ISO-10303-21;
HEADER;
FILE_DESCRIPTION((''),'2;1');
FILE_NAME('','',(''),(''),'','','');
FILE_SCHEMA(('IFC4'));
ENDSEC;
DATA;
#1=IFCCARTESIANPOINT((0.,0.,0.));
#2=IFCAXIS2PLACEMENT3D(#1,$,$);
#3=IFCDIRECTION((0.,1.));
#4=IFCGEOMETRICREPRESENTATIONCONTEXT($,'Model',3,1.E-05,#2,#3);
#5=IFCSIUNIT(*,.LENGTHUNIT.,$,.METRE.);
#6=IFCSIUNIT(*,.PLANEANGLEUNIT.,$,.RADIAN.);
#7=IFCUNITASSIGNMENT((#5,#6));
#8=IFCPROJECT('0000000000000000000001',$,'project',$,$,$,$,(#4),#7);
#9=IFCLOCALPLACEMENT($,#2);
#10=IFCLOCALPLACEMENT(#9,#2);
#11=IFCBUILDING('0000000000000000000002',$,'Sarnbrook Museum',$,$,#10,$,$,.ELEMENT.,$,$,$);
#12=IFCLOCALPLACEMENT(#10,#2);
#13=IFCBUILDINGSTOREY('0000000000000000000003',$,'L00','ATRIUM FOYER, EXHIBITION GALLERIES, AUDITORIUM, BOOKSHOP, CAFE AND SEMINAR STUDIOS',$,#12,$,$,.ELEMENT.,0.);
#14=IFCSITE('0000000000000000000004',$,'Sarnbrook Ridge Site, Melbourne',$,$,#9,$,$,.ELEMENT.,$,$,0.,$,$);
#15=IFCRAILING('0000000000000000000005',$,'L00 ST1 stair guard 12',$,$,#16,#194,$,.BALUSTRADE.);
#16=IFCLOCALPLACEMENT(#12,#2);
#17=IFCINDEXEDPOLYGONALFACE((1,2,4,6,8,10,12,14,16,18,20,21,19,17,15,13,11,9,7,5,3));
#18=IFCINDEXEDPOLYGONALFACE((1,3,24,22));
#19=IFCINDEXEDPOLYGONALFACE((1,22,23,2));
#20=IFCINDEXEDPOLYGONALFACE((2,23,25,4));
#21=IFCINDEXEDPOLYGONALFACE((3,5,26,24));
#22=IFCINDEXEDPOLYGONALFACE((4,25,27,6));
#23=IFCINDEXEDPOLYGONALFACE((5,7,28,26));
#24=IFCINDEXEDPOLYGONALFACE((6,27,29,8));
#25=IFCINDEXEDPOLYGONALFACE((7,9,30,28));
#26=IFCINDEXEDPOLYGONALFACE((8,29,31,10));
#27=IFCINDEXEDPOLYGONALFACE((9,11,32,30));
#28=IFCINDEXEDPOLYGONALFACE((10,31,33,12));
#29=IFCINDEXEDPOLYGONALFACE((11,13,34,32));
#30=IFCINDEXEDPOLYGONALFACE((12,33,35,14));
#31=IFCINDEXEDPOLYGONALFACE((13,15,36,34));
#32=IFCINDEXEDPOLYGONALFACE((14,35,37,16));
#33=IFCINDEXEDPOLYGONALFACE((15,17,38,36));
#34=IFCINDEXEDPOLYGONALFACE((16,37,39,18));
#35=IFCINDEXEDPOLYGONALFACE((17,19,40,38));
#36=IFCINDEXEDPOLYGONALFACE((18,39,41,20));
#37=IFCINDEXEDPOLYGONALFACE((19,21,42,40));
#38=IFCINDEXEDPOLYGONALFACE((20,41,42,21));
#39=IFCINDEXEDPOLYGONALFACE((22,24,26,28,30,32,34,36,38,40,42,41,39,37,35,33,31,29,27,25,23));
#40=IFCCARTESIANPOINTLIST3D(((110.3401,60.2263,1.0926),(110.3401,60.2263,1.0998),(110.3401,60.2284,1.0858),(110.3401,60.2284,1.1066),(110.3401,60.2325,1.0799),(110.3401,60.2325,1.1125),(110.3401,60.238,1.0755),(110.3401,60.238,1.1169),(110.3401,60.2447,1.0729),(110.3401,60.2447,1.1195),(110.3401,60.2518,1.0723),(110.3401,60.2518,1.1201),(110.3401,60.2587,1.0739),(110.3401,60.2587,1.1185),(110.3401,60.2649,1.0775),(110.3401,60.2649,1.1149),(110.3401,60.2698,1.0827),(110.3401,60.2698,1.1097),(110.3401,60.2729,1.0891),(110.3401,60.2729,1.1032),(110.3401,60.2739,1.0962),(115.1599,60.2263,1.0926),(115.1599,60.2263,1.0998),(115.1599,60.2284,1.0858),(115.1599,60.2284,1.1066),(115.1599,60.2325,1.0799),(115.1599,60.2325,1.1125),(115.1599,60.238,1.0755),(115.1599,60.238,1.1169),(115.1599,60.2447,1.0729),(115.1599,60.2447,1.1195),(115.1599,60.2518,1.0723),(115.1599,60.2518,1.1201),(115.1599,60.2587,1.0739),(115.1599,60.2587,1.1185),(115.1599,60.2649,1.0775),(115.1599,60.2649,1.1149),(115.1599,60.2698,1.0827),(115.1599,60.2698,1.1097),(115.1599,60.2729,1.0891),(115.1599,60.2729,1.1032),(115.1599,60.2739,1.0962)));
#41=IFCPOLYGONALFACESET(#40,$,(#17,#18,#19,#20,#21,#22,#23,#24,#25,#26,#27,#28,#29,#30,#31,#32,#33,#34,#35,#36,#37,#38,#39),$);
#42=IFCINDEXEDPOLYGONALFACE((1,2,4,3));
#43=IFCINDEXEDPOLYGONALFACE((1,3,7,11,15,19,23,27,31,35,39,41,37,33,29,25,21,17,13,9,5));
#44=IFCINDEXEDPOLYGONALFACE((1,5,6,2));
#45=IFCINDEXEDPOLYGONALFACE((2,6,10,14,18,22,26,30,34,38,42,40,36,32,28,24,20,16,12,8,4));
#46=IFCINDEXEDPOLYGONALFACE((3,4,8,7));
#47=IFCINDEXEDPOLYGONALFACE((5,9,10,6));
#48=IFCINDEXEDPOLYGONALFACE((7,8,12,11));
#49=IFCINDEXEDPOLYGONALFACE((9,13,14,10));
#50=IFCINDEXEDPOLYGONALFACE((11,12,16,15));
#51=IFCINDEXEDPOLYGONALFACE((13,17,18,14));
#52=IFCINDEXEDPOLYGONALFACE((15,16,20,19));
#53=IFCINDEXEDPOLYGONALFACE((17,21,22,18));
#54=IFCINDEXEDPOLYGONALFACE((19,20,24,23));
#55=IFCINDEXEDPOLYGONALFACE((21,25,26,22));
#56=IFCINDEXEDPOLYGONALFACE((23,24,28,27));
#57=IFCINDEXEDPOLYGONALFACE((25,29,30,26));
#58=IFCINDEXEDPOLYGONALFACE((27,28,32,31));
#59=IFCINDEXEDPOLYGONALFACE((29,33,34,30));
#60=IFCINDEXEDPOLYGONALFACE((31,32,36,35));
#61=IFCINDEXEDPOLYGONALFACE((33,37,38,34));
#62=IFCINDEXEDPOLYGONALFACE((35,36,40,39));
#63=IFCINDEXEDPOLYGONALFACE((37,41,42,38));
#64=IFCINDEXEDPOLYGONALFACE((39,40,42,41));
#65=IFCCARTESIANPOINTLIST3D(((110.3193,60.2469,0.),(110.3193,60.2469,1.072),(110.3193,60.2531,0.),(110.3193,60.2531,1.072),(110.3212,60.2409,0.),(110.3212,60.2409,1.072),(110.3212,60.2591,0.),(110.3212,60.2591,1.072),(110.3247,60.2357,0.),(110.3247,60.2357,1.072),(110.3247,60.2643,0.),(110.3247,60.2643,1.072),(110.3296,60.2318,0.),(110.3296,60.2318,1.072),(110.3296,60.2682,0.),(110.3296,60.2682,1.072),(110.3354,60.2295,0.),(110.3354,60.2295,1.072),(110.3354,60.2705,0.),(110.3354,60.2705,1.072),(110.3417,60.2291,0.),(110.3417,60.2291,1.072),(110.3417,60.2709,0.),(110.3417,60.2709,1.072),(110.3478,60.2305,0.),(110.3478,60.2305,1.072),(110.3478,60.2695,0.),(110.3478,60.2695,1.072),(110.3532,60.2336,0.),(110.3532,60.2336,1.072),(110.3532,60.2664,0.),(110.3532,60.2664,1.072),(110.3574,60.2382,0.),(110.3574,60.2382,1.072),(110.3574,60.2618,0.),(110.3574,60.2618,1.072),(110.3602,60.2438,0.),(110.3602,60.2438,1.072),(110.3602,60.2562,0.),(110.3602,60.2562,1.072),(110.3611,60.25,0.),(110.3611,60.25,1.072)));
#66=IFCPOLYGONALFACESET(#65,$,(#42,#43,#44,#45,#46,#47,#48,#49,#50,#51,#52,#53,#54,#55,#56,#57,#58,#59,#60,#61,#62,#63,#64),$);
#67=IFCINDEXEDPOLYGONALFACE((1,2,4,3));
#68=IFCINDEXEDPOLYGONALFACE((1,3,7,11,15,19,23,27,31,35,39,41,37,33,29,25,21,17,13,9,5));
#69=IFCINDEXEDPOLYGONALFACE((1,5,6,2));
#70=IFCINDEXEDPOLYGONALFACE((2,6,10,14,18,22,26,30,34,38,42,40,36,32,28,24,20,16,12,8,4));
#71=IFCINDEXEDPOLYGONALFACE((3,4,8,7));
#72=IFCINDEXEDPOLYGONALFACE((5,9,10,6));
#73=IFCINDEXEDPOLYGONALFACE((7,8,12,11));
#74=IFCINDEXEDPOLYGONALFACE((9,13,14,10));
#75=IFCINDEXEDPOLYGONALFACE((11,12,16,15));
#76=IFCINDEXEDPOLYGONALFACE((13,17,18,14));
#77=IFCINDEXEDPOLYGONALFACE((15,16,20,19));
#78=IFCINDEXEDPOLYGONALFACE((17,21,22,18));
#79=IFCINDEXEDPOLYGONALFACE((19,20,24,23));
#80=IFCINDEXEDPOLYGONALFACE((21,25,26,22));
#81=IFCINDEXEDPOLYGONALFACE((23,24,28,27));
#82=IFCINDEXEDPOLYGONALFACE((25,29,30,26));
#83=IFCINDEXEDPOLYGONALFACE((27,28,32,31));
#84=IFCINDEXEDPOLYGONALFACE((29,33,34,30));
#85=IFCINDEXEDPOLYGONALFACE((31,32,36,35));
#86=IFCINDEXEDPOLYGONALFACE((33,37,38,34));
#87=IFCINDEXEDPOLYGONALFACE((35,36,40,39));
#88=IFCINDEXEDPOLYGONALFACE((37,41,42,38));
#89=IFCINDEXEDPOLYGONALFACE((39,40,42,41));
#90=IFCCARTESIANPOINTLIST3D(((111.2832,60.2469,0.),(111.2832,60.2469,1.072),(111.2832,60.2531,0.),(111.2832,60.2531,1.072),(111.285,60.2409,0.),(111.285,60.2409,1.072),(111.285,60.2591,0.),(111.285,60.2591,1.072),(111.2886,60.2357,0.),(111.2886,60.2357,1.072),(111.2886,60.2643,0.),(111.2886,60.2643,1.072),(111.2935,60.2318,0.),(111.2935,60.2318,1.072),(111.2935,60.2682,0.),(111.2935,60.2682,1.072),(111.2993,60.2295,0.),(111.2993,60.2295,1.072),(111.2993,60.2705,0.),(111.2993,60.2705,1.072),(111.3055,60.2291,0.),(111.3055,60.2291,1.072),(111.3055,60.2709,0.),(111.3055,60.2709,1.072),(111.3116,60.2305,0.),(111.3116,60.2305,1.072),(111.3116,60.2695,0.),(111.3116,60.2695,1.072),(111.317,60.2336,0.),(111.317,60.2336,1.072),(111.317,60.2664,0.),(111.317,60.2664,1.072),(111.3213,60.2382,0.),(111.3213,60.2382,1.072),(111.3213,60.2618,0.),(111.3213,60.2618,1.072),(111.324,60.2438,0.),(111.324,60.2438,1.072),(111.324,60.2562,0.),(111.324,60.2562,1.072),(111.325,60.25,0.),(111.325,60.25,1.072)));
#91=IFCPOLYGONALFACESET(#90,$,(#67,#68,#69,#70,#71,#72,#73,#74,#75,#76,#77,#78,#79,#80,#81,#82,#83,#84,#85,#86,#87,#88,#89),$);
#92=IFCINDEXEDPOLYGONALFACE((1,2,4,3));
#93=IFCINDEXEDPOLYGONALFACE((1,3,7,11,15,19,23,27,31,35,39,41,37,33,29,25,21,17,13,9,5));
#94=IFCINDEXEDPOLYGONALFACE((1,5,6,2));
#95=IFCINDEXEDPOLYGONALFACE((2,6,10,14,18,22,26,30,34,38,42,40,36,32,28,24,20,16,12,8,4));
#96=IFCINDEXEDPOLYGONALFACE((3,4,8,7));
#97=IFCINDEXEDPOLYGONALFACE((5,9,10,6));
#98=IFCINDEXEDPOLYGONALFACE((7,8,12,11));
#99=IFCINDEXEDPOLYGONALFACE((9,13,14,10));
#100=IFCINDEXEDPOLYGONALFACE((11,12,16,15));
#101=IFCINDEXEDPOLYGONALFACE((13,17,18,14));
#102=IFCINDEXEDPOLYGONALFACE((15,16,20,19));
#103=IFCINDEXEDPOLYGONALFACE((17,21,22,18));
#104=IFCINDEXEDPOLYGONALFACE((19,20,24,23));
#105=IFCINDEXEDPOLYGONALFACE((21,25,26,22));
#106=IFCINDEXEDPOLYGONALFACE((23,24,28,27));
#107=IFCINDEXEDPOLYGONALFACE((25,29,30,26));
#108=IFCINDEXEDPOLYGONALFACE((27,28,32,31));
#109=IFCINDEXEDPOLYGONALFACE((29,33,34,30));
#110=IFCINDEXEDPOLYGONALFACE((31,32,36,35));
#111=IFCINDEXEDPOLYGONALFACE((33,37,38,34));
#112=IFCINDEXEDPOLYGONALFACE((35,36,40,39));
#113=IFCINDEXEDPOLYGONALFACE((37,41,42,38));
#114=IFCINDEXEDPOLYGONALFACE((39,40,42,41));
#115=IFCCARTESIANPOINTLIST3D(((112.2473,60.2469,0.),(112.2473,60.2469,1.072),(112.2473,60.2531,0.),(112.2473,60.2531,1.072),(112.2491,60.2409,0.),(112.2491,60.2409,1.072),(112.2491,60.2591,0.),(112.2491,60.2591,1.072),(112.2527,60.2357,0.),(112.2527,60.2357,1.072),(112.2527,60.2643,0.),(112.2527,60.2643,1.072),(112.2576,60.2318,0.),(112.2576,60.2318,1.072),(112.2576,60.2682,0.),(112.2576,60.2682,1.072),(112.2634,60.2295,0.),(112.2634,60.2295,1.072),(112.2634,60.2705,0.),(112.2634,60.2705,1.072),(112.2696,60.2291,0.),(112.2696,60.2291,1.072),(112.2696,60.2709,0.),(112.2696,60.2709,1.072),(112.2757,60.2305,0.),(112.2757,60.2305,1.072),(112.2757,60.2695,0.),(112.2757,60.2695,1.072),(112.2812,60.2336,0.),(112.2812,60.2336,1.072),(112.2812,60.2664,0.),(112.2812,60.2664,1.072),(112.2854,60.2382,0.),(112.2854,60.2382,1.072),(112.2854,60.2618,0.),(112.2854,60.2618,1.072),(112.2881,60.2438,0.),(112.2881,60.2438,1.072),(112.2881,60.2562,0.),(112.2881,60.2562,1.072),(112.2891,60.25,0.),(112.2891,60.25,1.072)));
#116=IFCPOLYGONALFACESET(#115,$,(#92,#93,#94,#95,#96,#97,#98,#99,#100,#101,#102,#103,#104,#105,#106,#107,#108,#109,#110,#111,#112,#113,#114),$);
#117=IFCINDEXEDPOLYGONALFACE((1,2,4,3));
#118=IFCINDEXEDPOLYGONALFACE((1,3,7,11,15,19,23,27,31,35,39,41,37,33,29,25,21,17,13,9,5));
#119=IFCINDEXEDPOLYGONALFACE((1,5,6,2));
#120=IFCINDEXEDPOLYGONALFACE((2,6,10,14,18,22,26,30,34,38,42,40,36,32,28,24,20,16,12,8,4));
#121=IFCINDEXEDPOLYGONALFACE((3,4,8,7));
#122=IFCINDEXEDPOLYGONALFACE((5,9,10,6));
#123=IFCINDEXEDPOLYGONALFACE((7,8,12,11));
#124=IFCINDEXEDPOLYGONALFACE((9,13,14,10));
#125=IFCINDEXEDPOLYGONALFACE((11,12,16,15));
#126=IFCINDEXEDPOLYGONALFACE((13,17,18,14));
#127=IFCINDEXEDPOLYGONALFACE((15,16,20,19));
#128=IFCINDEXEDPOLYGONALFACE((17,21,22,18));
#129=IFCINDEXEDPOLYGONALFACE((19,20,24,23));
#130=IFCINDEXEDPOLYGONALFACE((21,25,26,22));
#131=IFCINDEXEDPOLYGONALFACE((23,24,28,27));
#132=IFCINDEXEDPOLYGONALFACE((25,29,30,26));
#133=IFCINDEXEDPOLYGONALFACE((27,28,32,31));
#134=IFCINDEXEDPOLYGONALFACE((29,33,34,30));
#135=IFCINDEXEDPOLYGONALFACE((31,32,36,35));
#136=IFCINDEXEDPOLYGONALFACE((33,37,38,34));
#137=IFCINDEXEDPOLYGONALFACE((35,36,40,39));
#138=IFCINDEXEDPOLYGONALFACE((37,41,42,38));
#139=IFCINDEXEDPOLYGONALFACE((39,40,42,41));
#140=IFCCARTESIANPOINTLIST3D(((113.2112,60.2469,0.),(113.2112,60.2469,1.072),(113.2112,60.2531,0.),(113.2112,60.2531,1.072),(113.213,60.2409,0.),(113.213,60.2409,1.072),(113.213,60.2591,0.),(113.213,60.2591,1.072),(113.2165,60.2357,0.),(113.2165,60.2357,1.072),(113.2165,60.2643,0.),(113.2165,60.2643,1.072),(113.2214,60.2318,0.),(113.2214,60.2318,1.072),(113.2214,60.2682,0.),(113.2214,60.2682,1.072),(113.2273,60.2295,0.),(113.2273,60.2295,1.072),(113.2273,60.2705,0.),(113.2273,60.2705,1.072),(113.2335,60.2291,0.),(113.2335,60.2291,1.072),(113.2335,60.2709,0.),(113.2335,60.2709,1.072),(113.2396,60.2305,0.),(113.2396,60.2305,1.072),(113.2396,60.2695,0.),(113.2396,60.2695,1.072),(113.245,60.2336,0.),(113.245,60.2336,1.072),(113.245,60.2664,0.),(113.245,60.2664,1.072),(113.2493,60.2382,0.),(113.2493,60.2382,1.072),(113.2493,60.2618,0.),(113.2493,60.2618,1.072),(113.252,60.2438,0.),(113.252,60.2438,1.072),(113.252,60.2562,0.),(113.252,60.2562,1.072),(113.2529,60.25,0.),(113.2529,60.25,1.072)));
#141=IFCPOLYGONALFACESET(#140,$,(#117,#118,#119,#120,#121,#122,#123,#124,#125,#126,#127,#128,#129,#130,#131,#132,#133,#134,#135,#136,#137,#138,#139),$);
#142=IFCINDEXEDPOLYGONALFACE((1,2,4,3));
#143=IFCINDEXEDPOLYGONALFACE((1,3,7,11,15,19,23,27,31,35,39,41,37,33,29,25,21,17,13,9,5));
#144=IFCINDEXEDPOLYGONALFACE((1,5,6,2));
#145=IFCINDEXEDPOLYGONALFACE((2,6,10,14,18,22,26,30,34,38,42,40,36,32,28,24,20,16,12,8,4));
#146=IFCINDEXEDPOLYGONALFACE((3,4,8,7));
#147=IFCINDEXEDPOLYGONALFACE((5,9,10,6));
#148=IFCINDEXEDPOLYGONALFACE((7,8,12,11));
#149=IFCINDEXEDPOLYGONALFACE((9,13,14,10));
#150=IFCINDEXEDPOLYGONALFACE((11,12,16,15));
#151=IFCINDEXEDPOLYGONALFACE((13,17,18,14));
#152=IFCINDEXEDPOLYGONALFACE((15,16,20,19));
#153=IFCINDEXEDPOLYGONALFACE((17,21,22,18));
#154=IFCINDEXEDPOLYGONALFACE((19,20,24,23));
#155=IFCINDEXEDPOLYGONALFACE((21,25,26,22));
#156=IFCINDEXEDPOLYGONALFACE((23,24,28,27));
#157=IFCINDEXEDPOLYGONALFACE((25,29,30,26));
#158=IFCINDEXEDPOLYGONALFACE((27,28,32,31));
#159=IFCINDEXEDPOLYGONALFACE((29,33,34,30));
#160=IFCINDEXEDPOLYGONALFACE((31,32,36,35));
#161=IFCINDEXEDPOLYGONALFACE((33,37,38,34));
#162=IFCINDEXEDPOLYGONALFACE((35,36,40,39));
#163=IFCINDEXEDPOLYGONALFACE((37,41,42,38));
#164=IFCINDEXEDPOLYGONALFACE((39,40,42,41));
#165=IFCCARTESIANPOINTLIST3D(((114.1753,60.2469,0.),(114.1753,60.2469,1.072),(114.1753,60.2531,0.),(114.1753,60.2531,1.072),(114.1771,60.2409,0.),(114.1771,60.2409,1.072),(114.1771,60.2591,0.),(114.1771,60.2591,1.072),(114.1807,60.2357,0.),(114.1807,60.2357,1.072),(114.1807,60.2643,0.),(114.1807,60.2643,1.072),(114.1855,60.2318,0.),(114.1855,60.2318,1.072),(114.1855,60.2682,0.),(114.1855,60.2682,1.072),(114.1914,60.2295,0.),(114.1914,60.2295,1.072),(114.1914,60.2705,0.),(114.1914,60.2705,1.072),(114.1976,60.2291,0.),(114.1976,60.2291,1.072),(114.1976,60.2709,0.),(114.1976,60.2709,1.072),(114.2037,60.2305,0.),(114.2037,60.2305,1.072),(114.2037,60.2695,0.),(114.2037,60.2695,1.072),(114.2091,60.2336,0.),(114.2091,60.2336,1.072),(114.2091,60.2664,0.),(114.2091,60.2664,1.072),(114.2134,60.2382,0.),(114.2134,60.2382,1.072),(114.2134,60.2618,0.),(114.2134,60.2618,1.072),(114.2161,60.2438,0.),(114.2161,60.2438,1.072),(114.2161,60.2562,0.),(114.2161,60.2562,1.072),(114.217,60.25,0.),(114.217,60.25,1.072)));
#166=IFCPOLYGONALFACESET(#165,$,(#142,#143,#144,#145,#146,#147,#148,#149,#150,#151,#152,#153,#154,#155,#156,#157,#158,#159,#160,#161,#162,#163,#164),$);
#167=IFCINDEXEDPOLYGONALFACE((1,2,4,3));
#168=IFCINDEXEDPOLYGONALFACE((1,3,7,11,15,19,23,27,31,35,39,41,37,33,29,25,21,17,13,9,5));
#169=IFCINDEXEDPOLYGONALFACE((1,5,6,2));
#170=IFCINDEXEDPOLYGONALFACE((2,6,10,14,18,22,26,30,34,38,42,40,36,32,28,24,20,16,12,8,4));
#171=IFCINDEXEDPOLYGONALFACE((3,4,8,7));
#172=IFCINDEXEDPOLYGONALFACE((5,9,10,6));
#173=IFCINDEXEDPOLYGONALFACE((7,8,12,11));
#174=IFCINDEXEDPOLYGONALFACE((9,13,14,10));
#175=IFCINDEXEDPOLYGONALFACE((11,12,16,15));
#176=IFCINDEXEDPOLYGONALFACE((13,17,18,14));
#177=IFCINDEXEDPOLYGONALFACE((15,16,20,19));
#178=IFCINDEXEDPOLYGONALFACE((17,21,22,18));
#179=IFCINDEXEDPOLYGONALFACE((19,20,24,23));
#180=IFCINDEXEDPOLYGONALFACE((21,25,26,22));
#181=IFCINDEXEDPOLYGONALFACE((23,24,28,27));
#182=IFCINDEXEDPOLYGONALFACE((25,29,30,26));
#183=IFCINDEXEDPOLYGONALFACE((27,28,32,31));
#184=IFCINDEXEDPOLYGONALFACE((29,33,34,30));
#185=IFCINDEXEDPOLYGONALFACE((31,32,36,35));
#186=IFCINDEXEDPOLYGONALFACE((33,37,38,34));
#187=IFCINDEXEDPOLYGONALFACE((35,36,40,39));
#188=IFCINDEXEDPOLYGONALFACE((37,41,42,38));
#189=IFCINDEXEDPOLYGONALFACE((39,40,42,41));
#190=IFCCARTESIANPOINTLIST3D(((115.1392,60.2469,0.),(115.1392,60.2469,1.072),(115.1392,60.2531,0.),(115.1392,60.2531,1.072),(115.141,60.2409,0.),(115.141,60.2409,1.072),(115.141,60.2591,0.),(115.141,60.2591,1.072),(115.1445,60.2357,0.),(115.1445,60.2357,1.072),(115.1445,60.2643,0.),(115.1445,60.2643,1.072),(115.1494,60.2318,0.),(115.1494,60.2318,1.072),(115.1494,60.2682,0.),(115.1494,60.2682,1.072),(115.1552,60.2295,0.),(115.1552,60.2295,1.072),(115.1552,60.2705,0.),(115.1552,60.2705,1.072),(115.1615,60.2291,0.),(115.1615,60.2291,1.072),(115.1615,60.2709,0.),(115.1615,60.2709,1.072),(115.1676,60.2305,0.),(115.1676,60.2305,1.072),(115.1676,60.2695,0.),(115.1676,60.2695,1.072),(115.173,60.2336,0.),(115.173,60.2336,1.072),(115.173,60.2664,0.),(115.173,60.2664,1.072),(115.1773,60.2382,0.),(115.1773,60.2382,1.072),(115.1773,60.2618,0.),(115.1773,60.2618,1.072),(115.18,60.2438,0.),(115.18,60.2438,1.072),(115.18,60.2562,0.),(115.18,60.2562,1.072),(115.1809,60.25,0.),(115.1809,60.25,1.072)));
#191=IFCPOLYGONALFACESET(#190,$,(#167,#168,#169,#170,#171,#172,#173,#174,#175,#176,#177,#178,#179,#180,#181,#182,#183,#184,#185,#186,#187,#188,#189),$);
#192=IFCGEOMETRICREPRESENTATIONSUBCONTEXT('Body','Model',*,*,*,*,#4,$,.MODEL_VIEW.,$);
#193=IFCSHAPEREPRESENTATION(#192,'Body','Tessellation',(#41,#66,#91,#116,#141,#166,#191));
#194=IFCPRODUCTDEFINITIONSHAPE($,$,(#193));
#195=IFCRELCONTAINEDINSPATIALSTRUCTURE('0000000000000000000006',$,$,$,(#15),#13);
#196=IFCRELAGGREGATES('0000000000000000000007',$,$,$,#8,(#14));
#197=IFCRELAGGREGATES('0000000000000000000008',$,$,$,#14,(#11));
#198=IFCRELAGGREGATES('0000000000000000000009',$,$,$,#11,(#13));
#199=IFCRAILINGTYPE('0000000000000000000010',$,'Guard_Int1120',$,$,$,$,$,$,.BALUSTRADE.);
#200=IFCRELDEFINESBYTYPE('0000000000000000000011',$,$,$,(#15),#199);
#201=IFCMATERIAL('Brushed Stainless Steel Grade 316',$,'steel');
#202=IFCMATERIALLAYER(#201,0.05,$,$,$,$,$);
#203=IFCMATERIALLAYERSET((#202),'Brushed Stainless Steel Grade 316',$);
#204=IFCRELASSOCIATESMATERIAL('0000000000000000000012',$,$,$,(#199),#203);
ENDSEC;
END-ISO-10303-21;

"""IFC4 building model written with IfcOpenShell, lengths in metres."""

from ifc_helpers import new_model, si_unit, direction, frame, origin, origin_2d, place, context, subcontext, project, spatial, circle, extrude, material, layer, layer_set, type_object, element, save


model = new_model("IFC4")

# Units and contexts
model_context = context("Model", 3, precision=1e-05, world=origin(), true_north=direction((0.0, 1.0)))
body_context = subcontext(model_context, "Body", "Model", "MODEL_VIEW")
ifc_project = project(units=[si_unit("LENGTHUNIT", "METRE"), si_unit("PLANEANGLEUNIT", "RADIAN")], contexts=[model_context])

# Site, building, storey
site_placement = place(None, origin())
site = spatial("IfcSite", under=ifc_project, at=site_placement, Name="Sarnbrook Ridge Site, Melbourne", CompositionType="ELEMENT", RefElevation=0.0)
building_placement = place(site_placement, origin())
building = spatial("IfcBuilding", under=site, at=building_placement, Name="Sarnbrook Museum", CompositionType="ELEMENT")
storey_placement = place(building_placement, origin())
storey = spatial("IfcBuildingStorey", under=building, at=storey_placement, Name="L00", Description="ATRIUM FOYER, EXHIBITION GALLERIES, AUDITORIUM, BOOKSHOP, CAFE AND SEMINAR STUDIOS", CompositionType="ELEMENT", Elevation=0.0)

# Railing
ifc_material_1 = material(Name="Brushed Stainless Steel Grade 316", Category="steel")
ifc_layer_1 = layer(ifc_material_1, 0.05)
ifc_layer_set_1 = layer_set([ifc_layer_1], Name="Brushed Stainless Steel Grade 316")
railing_type_1 = type_object("IfcRailingType", Name="Guard_Int1120", PredefinedType="BALUSTRADE", material=ifc_layer_set_1)
railing_1_placement = place(storey_placement, frame((110.3401, 60.25, 0.0)))
element("IfcRailing", 1, at=railing_1_placement, inside=storey, type_object=railing_type_1, Name="L00 ST1 stair guard 12", PredefinedType="BALUSTRADE", context=body_context, shape_type="SweptSolid", body=[
    extrude(circle(Radius=0.0239, at=origin_2d()), frame((0.0, 0.0, 1.0962), z_axis=(1.0, 0.0, 0.0), x_axis=(0.0, 1.0, 0.0)), (0.0, 0.0, 1.0), 4.8198),
    extrude(circle(Radius=0.021, at=origin_2d()), origin(), (0.0, 0.0, 1.0), 1.072),
    extrude(circle(Radius=0.021, at=origin_2d()), frame((0.9639, 0.0, 0.0)), (0.0, 0.0, 1.0), 1.072),
    extrude(circle(Radius=0.021, at=origin_2d()), frame((1.928, 0.0, 0.0)), (0.0, 0.0, 1.0), 1.072),
    extrude(circle(Radius=0.021, at=origin_2d()), frame((2.8918, 0.0, 0.0)), (0.0, 0.0, 1.0), 1.072),
    extrude(circle(Radius=0.021, at=origin_2d()), frame((3.856, 0.0, 0.0)), (0.0, 0.0, 1.0), 1.072),
    extrude(circle(Radius=0.021, at=origin_2d()), frame((4.8198, 0.0, 0.0)), (0.0, 0.0, 1.0), 1.072),
])

save(model, "model.ifc")
